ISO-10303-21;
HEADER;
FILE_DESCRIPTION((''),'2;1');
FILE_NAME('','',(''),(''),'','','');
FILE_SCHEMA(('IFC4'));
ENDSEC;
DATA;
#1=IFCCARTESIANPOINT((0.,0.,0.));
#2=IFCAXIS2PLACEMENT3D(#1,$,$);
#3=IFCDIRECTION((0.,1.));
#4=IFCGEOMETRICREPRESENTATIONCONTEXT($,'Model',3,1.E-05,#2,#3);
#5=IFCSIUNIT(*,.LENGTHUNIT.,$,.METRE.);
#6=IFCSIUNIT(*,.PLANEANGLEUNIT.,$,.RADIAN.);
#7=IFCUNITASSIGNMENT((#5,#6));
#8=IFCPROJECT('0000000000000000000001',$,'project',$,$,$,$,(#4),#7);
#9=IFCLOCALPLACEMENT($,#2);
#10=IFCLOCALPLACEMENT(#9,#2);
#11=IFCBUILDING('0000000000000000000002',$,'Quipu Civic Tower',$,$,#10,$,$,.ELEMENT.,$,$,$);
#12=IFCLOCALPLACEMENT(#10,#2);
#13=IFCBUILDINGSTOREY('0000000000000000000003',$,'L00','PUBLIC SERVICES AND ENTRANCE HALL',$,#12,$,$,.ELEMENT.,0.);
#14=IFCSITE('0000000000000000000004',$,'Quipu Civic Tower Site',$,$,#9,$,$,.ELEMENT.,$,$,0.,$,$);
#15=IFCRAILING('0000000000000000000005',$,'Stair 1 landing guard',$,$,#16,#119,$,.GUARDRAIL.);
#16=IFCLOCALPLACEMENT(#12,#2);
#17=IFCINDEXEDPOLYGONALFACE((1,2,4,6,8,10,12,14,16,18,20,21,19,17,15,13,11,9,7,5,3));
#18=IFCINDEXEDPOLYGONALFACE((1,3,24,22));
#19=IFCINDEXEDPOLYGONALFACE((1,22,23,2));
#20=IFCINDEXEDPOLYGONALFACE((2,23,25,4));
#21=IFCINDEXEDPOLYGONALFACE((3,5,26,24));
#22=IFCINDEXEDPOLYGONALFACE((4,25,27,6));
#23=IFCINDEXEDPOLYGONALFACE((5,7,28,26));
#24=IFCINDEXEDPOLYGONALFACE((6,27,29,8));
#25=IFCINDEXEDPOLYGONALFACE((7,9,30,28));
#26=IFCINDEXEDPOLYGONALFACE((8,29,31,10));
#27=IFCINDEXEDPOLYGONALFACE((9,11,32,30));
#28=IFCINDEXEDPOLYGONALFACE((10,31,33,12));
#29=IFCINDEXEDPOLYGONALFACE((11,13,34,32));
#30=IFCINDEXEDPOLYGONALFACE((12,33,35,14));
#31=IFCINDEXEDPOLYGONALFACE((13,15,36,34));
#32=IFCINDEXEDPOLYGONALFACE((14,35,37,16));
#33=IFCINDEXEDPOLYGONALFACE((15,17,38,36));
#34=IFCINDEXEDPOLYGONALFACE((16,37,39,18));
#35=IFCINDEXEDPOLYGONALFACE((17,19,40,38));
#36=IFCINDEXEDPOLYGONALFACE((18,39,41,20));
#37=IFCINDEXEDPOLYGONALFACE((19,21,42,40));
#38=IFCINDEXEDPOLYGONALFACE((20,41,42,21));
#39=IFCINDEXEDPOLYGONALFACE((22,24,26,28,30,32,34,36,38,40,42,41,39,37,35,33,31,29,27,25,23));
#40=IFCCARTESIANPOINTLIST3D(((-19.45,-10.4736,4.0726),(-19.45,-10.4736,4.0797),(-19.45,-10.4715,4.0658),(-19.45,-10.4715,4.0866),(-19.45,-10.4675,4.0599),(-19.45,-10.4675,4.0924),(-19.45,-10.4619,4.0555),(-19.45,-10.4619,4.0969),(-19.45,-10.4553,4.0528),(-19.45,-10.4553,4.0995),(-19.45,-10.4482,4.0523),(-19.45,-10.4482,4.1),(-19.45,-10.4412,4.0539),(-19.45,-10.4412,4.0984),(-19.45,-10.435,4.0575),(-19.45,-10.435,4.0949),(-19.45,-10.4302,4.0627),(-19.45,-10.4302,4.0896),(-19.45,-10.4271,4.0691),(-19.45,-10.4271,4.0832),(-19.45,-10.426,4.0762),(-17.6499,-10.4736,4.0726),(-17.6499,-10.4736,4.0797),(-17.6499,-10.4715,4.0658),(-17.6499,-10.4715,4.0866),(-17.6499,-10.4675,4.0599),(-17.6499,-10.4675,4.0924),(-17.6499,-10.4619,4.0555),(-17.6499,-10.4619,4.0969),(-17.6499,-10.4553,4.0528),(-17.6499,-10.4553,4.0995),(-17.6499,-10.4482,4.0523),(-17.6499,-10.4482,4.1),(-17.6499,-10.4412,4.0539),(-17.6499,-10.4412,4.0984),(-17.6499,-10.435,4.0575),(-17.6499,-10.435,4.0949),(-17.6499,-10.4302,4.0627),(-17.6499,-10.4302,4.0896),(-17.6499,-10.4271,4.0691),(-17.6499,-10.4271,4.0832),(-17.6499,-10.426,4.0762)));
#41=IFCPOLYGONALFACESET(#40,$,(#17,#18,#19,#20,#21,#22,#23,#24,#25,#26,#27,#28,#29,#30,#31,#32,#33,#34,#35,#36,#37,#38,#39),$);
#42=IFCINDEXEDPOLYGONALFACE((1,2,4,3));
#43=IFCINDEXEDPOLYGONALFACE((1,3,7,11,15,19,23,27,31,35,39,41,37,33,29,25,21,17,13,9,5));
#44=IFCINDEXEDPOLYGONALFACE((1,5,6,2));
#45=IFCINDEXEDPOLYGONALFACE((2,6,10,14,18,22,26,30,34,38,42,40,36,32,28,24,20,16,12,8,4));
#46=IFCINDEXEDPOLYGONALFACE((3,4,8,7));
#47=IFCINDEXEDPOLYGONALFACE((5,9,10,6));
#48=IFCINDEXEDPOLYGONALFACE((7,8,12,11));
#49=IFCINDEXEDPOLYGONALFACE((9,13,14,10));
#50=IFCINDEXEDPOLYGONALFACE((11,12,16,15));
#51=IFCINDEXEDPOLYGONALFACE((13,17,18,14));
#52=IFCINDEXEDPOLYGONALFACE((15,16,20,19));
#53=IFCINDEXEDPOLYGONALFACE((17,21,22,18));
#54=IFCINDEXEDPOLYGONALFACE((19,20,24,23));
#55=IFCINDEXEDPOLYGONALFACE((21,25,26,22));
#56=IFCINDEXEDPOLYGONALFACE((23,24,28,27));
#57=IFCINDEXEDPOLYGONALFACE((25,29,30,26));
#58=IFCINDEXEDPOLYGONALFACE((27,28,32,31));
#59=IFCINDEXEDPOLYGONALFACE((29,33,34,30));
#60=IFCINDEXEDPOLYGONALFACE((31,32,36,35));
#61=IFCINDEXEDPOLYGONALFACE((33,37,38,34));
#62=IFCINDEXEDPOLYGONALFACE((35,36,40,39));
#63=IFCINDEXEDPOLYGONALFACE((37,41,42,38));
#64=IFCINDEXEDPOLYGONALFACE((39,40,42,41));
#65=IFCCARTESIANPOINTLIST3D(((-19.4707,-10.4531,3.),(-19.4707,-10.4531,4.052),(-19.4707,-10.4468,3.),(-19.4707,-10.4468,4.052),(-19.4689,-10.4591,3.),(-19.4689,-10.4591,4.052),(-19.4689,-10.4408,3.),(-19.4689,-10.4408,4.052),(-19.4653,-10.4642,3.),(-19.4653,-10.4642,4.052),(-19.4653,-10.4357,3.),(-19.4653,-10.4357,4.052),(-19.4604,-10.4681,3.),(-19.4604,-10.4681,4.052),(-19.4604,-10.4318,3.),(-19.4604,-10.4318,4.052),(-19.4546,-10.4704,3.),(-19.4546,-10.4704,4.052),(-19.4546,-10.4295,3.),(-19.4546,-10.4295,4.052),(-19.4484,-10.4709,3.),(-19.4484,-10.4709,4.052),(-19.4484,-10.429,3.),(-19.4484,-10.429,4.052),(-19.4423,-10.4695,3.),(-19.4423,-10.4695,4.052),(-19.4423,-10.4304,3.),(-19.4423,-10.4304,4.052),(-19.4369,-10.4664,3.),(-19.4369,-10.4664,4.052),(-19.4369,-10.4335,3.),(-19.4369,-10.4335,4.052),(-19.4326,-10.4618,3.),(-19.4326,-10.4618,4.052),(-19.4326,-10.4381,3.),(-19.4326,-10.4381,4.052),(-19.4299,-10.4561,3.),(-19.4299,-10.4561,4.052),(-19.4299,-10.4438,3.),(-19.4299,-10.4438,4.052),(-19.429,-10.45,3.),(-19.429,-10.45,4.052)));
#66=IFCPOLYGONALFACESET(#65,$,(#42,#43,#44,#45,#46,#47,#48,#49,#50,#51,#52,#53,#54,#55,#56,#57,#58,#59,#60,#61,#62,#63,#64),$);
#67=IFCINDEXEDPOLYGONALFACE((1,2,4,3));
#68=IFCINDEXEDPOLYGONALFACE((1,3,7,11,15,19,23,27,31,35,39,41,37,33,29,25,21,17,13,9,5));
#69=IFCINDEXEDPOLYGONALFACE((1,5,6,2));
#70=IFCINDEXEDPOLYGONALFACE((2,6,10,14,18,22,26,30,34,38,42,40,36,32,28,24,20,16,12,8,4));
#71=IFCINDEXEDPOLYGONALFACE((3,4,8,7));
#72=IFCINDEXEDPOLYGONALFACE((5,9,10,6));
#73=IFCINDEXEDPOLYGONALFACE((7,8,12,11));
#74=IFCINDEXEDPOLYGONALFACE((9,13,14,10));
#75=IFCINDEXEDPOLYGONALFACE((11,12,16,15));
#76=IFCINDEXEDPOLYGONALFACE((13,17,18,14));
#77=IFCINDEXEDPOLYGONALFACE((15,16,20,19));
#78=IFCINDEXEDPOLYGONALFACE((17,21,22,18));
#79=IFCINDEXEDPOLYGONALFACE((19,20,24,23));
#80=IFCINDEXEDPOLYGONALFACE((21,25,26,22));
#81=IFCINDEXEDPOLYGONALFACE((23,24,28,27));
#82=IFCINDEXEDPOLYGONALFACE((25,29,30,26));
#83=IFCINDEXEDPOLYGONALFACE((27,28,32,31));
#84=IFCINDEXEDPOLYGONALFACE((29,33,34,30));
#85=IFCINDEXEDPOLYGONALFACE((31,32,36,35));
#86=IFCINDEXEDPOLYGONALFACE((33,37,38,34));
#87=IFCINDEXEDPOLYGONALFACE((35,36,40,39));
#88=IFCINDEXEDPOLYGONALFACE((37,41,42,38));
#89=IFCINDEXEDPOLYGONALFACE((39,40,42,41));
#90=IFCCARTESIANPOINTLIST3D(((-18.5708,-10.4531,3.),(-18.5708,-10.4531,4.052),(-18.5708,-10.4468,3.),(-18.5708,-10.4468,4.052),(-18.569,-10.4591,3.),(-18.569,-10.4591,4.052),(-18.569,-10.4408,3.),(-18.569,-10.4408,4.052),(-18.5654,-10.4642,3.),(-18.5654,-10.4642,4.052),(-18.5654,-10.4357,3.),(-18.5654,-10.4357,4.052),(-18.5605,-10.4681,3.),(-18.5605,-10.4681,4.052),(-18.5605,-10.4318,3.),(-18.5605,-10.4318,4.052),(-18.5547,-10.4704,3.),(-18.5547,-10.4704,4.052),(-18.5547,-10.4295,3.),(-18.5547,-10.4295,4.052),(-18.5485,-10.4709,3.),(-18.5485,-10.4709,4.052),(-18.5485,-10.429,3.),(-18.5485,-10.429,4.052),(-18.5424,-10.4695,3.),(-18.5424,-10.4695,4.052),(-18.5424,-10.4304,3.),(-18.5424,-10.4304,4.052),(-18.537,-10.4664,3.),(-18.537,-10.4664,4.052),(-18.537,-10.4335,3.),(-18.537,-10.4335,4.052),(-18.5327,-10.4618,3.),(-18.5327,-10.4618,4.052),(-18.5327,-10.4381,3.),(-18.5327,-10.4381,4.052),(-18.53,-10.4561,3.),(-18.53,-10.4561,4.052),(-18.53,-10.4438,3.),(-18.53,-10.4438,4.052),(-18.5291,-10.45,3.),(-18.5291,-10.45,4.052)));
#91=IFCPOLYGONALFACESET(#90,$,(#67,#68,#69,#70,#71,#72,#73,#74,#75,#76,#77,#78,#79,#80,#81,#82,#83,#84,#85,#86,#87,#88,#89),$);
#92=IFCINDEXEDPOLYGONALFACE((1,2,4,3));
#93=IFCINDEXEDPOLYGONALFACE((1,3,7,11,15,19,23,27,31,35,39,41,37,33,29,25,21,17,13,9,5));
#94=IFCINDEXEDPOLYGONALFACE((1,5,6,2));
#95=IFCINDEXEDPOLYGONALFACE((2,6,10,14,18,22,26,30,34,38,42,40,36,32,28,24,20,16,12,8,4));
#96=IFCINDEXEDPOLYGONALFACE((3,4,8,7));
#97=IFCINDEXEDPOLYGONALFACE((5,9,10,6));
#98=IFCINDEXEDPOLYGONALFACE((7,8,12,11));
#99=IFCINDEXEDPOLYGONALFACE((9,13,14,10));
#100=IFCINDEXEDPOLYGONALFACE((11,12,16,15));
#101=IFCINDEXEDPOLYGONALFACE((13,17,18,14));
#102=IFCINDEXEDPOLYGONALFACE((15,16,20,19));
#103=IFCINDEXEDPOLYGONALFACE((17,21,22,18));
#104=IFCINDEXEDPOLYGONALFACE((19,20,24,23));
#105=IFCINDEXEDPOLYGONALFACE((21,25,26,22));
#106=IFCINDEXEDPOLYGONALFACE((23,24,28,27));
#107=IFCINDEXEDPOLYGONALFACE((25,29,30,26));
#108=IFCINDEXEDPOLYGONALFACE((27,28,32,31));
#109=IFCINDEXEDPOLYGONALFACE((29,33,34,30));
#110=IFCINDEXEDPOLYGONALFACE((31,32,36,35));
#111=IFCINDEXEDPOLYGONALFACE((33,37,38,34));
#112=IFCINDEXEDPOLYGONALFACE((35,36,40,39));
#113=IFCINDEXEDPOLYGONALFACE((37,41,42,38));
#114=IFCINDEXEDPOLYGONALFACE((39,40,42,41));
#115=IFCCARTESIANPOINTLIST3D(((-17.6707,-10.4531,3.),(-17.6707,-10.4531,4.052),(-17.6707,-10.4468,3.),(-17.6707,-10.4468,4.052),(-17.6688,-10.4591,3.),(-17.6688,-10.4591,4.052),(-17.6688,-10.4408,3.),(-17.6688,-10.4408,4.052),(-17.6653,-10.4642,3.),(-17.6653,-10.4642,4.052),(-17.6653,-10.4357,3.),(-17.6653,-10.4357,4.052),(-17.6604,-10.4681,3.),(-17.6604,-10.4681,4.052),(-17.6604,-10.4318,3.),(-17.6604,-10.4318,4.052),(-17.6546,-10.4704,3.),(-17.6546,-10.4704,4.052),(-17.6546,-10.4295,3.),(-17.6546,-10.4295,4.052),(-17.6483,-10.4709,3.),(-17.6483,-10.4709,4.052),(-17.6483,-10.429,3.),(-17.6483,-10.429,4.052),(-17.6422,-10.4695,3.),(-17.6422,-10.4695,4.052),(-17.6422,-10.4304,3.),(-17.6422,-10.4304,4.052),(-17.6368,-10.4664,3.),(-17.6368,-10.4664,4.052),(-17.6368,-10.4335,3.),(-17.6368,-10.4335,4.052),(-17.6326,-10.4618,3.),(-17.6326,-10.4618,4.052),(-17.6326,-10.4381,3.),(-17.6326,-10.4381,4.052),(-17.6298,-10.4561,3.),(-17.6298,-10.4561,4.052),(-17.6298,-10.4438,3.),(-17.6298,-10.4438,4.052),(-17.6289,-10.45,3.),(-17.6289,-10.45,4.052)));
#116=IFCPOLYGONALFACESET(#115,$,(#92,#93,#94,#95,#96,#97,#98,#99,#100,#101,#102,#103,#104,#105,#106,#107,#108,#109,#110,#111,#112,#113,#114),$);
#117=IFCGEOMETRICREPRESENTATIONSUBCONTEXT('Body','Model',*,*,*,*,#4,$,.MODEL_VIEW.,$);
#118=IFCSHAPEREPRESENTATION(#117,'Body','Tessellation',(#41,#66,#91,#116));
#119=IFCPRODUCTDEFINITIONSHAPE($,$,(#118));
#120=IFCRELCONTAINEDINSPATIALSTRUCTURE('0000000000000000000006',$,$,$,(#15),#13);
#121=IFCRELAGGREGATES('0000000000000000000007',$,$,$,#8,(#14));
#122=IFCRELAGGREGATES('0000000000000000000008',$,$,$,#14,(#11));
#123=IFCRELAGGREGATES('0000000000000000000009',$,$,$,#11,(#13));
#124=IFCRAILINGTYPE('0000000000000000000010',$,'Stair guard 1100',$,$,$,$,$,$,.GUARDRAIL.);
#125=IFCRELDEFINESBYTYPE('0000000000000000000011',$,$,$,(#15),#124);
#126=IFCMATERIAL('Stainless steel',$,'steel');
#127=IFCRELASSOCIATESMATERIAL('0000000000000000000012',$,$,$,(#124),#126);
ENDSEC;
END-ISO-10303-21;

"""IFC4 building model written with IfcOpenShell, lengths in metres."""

from ifc_helpers import new_model, si_unit, direction, frame, origin, origin_2d, place, context, subcontext, project, spatial, circle, extrude, material, type_object, element, save


model = new_model("IFC4")

# Units and contexts
model_context = context("Model", 3, precision=1e-05, world=origin(), true_north=direction((0.0, 1.0)))
body_context = subcontext(model_context, "Body", "Model", "MODEL_VIEW")
ifc_project = project(units=[si_unit("LENGTHUNIT", "METRE"), si_unit("PLANEANGLEUNIT", "RADIAN")], contexts=[model_context])

# Site, building, storey
site_placement = place(None, origin())
site = spatial("IfcSite", under=ifc_project, at=site_placement, Name="Quipu Civic Tower Site", CompositionType="ELEMENT", RefElevation=0.0)
building_placement = place(site_placement, origin())
building = spatial("IfcBuilding", under=site, at=building_placement, Name="Quipu Civic Tower", CompositionType="ELEMENT")
storey_placement = place(building_placement, origin())
storey = spatial("IfcBuildingStorey", under=building, at=storey_placement, Name="L00", Description="PUBLIC SERVICES AND ENTRANCE HALL", CompositionType="ELEMENT", Elevation=0.0)

# Railing
ifc_material_1 = material(Name="Stainless steel", Category="steel")
railing_type = type_object("IfcRailingType", Name="Stair guard 1100", PredefinedType="GUARDRAIL", material=ifc_material_1)
railing_placement = place(storey_placement, frame((-19.45, -10.45, 3.0)))
element("IfcRailing", 1, at=railing_placement, inside=storey, type_object=railing_type, Name="Stair 1 landing guard", PredefinedType="GUARDRAIL", context=body_context, shape_type="SweptSolid", body=[
    extrude(circle(Radius=0.0239, at=origin_2d()), frame((0.0, 0.0, 1.0762), z_axis=(1.0, 0.0, 0.0), x_axis=(0.0, 1.0, 0.0)), (0.0, 0.0, 1.0), 1.8),
    extrude(circle(Radius=0.021, at=origin_2d()), origin(), (0.0, 0.0, 1.0), 1.052),
    extrude(circle(Radius=0.021, at=origin_2d()), frame((0.8999, 0.0, 0.0)), (0.0, 0.0, 1.0), 1.052),
    extrude(circle(Radius=0.021, at=origin_2d()), frame((1.8, 0.0, 0.0)), (0.0, 0.0, 1.0), 1.052),
])

save(model, "model.ifc")
